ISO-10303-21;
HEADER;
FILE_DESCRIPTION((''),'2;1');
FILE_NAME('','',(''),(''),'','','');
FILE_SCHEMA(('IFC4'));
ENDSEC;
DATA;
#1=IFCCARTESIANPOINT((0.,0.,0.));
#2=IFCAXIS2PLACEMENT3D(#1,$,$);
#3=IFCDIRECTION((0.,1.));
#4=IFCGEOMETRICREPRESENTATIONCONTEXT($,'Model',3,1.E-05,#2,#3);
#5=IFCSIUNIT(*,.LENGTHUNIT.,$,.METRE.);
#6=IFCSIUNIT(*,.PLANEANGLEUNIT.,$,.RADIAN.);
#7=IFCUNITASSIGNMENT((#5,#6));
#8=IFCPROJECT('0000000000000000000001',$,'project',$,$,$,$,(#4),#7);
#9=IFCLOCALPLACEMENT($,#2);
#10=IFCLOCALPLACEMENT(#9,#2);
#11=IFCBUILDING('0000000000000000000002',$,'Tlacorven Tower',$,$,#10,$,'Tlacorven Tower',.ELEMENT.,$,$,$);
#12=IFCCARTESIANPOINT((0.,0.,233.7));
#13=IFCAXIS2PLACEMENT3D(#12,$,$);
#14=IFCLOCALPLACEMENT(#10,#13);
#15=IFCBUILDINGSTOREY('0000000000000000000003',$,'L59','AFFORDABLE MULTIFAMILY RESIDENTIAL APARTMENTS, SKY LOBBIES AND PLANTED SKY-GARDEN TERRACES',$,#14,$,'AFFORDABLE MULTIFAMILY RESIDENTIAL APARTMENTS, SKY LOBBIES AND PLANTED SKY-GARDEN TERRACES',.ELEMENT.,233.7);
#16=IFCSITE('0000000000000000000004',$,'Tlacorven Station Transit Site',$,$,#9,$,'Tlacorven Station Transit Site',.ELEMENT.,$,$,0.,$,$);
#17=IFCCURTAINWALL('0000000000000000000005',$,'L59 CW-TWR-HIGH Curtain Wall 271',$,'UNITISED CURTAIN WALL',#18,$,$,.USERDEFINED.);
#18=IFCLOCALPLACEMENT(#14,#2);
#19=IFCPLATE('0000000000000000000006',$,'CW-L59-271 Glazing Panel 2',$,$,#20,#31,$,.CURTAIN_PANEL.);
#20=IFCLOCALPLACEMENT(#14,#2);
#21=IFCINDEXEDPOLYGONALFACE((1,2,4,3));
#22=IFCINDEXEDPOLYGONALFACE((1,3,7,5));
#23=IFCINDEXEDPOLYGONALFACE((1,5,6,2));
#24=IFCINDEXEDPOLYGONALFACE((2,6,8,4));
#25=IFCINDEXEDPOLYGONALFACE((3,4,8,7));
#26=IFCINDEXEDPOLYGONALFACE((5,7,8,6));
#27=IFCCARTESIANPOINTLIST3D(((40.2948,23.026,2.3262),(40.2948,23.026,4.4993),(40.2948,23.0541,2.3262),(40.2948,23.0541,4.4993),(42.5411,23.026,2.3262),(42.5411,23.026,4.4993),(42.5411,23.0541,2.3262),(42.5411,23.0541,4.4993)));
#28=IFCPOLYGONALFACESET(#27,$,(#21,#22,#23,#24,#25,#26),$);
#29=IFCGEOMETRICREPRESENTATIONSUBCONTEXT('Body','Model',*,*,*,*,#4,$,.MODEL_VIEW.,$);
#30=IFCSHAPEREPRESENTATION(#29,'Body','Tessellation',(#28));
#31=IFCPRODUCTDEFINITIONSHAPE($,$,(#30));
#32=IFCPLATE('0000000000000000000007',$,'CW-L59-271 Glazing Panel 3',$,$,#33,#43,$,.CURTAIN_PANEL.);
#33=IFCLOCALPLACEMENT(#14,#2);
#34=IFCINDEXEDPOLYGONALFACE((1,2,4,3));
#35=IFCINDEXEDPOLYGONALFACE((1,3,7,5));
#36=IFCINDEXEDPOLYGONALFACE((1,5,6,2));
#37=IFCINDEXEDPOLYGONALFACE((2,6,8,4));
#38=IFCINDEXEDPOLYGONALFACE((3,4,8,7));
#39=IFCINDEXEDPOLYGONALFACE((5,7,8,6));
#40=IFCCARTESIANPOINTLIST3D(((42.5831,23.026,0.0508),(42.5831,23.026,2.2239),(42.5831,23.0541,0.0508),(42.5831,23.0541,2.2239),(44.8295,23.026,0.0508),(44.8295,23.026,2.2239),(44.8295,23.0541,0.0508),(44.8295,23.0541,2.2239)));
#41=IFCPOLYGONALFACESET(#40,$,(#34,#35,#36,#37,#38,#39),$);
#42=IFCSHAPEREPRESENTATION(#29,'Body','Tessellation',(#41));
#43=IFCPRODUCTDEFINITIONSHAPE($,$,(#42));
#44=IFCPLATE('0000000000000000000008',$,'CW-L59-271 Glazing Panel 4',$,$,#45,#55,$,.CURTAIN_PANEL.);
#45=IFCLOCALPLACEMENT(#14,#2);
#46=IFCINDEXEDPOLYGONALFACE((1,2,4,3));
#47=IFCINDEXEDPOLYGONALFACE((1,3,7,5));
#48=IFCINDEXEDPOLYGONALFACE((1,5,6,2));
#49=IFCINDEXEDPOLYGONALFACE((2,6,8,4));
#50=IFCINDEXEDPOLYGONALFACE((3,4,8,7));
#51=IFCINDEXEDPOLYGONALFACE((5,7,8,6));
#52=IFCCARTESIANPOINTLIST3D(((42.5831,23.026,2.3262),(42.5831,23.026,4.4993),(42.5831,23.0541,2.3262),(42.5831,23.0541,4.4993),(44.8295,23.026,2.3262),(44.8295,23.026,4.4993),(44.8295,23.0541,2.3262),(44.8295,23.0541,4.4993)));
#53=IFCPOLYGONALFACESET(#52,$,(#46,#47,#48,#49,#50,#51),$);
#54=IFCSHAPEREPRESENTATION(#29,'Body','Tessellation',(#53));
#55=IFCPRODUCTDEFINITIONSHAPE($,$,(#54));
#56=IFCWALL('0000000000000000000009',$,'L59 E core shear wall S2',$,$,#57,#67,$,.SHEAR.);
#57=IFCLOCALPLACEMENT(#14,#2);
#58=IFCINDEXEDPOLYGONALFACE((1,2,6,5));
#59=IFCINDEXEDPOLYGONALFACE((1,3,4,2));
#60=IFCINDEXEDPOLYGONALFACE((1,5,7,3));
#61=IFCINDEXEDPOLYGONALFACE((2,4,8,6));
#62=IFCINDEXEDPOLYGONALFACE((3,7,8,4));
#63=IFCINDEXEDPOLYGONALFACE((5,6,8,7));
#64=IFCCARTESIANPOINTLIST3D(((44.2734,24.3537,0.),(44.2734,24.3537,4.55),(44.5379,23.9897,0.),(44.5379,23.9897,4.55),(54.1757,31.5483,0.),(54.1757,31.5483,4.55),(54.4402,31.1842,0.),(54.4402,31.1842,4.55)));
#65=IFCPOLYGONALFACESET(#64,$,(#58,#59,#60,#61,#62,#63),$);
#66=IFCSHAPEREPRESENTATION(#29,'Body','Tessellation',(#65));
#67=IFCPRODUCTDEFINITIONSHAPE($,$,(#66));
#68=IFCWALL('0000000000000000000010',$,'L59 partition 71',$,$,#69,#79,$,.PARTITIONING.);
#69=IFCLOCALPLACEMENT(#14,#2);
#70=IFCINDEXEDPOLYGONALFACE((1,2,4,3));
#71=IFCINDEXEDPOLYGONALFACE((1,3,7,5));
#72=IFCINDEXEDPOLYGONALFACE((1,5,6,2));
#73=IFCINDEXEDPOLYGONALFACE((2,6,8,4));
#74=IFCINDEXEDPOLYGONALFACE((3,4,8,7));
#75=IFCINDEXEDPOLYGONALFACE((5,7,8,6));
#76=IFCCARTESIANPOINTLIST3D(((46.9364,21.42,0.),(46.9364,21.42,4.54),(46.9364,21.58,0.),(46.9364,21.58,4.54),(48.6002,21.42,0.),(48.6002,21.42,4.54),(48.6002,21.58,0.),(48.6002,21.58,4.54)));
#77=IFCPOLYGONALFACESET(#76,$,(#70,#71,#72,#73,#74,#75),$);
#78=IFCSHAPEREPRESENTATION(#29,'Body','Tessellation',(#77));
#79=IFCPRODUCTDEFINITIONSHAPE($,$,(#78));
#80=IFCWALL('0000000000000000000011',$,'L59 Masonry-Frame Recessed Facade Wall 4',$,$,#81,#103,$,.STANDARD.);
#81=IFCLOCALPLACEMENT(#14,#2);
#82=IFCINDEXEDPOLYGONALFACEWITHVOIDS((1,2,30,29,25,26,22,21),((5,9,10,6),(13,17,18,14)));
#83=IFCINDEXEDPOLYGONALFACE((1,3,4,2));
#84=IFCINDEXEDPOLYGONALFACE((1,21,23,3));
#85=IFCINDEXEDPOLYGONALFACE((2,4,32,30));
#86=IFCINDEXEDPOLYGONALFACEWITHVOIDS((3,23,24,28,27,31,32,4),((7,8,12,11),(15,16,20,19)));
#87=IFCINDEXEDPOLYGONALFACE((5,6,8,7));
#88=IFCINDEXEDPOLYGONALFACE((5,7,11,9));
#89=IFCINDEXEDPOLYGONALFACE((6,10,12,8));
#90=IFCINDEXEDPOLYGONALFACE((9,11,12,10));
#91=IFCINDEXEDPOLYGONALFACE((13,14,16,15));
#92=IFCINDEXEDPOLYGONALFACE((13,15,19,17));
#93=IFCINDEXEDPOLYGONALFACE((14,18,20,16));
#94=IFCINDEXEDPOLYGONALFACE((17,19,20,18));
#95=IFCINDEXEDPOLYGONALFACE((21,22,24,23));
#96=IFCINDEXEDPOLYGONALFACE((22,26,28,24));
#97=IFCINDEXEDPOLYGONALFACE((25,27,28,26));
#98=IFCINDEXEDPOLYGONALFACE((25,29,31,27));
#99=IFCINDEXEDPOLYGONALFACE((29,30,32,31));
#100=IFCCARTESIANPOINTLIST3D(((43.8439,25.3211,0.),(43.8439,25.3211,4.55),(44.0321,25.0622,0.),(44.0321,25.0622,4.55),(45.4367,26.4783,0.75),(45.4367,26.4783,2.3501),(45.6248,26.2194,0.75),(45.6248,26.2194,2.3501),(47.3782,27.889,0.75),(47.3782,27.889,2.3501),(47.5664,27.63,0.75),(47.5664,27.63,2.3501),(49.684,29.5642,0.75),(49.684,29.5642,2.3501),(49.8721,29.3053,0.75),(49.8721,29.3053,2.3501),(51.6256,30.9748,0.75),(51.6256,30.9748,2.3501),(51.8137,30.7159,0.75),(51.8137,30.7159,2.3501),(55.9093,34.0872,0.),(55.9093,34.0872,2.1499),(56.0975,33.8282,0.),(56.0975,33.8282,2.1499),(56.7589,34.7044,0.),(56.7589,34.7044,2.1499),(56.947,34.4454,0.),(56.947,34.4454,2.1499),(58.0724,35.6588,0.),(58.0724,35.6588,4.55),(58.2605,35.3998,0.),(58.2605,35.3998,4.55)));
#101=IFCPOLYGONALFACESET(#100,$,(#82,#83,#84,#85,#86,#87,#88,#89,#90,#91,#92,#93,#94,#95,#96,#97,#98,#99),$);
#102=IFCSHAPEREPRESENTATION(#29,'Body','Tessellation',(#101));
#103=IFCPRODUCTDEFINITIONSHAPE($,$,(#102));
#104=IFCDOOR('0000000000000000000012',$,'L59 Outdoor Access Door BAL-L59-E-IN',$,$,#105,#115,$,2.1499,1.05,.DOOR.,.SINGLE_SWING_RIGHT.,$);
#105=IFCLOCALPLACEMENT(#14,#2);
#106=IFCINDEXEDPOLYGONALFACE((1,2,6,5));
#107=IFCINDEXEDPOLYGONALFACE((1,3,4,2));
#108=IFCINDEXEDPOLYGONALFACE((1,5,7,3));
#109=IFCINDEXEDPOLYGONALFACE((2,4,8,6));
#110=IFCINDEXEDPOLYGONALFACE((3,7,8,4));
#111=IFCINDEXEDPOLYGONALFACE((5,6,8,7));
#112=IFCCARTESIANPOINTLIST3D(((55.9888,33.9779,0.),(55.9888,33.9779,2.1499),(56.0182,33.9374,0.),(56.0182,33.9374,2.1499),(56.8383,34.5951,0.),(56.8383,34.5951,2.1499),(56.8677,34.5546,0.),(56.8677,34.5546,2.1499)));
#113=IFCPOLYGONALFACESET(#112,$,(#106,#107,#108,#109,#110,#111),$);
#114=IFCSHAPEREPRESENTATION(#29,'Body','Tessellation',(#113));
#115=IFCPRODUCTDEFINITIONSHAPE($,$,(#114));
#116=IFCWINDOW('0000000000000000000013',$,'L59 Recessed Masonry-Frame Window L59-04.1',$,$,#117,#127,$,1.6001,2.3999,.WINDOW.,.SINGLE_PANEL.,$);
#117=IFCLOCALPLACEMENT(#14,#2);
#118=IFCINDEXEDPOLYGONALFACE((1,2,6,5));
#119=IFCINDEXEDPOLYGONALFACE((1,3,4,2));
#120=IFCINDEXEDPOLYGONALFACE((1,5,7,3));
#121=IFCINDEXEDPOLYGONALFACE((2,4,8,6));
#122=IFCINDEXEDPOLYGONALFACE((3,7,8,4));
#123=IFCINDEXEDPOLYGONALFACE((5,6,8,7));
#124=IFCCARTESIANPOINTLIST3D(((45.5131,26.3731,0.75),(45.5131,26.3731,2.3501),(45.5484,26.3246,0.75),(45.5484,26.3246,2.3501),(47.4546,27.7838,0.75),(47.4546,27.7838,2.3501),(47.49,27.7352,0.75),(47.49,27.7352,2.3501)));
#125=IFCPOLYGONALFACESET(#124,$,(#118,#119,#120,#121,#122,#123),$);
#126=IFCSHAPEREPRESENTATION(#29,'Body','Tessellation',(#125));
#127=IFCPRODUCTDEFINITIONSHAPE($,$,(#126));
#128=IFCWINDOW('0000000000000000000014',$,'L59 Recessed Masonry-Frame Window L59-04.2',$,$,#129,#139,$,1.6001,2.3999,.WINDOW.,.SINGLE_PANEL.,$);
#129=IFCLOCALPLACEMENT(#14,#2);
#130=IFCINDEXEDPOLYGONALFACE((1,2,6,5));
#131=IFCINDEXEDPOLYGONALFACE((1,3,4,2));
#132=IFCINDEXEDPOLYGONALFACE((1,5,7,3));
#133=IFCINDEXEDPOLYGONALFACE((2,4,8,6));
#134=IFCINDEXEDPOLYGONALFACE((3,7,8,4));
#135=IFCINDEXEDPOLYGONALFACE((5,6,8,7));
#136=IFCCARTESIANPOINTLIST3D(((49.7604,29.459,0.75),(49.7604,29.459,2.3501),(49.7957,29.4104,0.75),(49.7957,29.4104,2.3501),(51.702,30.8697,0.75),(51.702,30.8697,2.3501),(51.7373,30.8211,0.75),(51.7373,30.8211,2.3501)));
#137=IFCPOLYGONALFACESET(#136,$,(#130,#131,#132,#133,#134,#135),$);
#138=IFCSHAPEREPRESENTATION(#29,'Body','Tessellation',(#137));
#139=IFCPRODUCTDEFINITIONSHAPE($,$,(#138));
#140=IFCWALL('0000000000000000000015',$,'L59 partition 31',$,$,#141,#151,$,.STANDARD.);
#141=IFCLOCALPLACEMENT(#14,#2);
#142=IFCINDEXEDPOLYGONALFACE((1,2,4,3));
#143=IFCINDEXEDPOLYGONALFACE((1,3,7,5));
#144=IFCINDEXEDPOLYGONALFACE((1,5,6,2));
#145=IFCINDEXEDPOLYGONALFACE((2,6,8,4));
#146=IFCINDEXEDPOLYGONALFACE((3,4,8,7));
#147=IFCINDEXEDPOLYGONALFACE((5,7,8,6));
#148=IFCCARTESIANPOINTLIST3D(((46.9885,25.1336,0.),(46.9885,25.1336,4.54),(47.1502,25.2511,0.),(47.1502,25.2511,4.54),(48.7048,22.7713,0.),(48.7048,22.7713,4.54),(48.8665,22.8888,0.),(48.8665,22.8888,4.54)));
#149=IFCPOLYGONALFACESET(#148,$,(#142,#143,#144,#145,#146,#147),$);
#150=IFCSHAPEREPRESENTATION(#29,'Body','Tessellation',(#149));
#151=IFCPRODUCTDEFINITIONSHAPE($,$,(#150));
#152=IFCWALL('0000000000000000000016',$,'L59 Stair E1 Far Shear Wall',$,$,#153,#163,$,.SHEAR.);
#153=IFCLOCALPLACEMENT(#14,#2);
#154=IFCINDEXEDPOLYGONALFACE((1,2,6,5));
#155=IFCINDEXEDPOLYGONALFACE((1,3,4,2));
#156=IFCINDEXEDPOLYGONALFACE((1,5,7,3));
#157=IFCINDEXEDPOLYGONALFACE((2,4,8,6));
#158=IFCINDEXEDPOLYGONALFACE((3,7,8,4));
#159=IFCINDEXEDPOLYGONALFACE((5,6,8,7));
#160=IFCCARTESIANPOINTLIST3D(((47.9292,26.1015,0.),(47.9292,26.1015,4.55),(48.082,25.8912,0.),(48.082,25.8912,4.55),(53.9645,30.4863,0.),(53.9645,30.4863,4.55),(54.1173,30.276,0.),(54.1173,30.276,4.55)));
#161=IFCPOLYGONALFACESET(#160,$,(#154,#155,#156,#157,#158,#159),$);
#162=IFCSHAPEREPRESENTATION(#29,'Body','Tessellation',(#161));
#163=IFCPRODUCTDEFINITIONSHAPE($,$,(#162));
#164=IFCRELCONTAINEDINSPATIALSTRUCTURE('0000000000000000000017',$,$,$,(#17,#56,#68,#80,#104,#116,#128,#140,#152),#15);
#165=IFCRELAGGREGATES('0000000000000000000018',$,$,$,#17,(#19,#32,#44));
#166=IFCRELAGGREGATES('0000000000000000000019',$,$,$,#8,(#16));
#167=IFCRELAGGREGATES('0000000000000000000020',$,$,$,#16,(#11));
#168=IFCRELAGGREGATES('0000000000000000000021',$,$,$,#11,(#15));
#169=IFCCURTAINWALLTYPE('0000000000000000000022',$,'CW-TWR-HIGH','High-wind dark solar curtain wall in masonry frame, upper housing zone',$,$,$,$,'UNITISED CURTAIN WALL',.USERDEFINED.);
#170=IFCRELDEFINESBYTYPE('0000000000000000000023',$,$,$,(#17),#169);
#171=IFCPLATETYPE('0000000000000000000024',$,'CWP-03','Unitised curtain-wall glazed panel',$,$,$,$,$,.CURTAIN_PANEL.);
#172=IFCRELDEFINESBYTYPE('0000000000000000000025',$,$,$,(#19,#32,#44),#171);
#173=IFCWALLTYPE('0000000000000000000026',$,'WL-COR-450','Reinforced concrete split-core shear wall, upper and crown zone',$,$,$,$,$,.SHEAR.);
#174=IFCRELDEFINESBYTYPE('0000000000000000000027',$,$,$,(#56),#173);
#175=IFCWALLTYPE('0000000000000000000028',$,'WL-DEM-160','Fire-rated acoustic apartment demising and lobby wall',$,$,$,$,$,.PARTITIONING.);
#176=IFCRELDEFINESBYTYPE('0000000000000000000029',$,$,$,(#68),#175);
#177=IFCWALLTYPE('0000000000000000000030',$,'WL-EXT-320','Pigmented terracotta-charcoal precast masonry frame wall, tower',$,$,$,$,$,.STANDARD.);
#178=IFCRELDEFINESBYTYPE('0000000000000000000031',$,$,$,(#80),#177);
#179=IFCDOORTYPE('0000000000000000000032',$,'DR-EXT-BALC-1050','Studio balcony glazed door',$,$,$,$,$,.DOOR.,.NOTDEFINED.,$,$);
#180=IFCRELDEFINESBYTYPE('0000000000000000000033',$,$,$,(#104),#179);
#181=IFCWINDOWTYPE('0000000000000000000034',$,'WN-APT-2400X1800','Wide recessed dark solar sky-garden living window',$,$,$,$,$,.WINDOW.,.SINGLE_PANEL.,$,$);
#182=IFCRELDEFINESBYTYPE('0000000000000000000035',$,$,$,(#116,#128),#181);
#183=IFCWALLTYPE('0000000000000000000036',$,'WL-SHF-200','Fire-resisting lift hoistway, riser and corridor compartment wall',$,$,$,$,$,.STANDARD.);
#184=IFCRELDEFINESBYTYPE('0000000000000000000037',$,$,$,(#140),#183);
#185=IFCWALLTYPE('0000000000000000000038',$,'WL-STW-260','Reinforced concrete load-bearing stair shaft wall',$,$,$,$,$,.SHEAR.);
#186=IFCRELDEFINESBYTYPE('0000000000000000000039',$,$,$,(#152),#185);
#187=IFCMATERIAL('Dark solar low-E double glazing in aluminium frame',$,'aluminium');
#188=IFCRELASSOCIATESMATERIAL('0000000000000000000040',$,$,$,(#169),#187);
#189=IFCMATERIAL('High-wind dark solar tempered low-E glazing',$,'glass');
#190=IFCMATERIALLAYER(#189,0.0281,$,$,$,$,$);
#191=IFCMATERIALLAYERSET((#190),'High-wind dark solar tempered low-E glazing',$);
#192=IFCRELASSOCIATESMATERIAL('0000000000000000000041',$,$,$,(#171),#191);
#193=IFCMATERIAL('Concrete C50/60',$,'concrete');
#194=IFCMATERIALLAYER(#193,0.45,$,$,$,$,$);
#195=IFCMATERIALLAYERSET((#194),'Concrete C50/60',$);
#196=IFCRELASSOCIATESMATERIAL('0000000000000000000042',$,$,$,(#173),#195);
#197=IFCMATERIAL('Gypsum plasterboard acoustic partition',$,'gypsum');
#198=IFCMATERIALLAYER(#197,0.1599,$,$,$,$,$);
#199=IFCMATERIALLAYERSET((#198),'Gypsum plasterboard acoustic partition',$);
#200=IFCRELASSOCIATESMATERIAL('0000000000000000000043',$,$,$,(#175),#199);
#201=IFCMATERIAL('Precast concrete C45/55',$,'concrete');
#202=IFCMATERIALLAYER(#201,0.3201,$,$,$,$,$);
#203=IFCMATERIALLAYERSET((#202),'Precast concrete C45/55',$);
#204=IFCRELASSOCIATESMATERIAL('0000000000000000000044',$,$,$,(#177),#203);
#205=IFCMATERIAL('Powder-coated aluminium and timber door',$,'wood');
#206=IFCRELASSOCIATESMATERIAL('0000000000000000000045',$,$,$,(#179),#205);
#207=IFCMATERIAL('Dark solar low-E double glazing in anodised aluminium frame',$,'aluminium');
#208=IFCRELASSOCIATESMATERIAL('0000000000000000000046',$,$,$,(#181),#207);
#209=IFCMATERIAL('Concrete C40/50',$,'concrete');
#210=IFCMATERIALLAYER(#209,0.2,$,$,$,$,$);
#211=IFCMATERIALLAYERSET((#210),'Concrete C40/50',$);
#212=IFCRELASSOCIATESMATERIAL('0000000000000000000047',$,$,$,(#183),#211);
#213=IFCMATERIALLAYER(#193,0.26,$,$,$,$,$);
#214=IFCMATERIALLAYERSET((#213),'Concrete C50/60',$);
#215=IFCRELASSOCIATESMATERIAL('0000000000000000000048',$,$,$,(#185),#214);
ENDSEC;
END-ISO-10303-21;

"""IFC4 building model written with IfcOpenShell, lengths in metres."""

from ifc_helpers import new_model, si_unit, direction, frame, frame_2d, origin, origin_2d, place, context, subcontext, project, spatial, rectangle, extrude, source, transform, mapped, material, layer, layer_set, type_object, element, fill, aggregate, save


model = new_model("IFC4")

# Units and contexts
model_context = context("Model", 3, precision=1e-05, world=origin(), true_north=direction((0.0, 1.0)))
body_context = subcontext(model_context, "Body", "Model", "MODEL_VIEW")
ifc_project = project(units=[si_unit("LENGTHUNIT", "METRE"), si_unit("PLANEANGLEUNIT", "RADIAN")], contexts=[model_context])

# Site, building, storey
site_placement = place(None, origin())
site = spatial("IfcSite", under=ifc_project, at=site_placement, Name="Tlacorven Station Transit Site", LongName="Tlacorven Station Transit Site", CompositionType="ELEMENT", RefElevation=0.0)
building_placement = place(site_placement, origin())
building = spatial("IfcBuilding", under=site, at=building_placement, Name="Tlacorven Tower", LongName="Tlacorven Tower", CompositionType="ELEMENT")
storey_placement = place(building_placement, frame((0.0, 0.0, 233.7)))
storey = spatial("IfcBuildingStorey", under=building, at=storey_placement, Name="L59", Description="AFFORDABLE MULTIFAMILY RESIDENTIAL APARTMENTS, SKY LOBBIES AND PLANTED SKY-GARDEN TERRACES", LongName="AFFORDABLE MULTIFAMILY RESIDENTIAL APARTMENTS, SKY LOBBIES AND PLANTED SKY-GARDEN TERRACES", CompositionType="ELEMENT", Elevation=233.7)

# Curtain wall, plates
ifc_material_1 = material(Name="Dark solar low-E double glazing in aluminium frame", Category="aluminium")
curtain_wall_type = type_object("IfcCurtainWallType", Name="CW-TWR-HIGH", Description="High-wind dark solar curtain wall in masonry frame, upper housing zone", ElementType="UNITISED CURTAIN WALL", PredefinedType="USERDEFINED", material=ifc_material_1)
curtain_wall_placement = place(storey_placement, origin())
curtain_wall = element("IfcCurtainWall", 1, at=curtain_wall_placement, inside=storey, type_object=curtain_wall_type, Name="L59 CW-TWR-HIGH Curtain Wall 271", ObjectType="UNITISED CURTAIN WALL", PredefinedType="USERDEFINED")
ifc_material_2 = material(Name="High-wind dark solar tempered low-E glazing", Category="glass")
ifc_layer_1 = layer(ifc_material_2, 0.0281)
ifc_layer_set_1 = layer_set([ifc_layer_1], Name="High-wind dark solar tempered low-E glazing")
plate_type = type_object("IfcPlateType", Name="CWP-03", Description="Unitised curtain-wall glazed panel", PredefinedType="CURTAIN_PANEL", material=ifc_layer_set_1)
shared_shape_1 = source(origin(), body_context, "Body", "SweptSolid", [
    extrude(rectangle(XDim=2.2463, YDim=0.0281, at=origin_2d()), origin(), (0.0, 0.0, 1.0), 2.1731),
])
plate_1_placement = place(storey_placement, frame((41.418, 23.04, 2.3262), z_axis=(0.0, 0.0, 1.0), x_axis=(1.0, 0.0, 0.0)))
plate_1 = element("IfcPlate", 2, at=plate_1_placement, type_object=plate_type, Name="CW-L59-271 Glazing Panel 2", PredefinedType="CURTAIN_PANEL", context=body_context, shape_type="MappedRepresentation", body=[
    mapped(shared_shape_1, transform((0.0, 0.0, 0.0), scale=1.0)),
])
plate_2_placement = place(storey_placement, frame((43.7063, 23.04, 0.0508), z_axis=(0.0, 0.0, 1.0), x_axis=(1.0, 0.0, 0.0)))
plate_2 = element("IfcPlate", 3, at=plate_2_placement, type_object=plate_type, Name="CW-L59-271 Glazing Panel 3", PredefinedType="CURTAIN_PANEL", context=body_context, shape_type="MappedRepresentation", body=[
    mapped(shared_shape_1, transform((0.0, 0.0, 0.0), scale=1.0)),
])
plate_3_placement = place(storey_placement, frame((43.7063, 23.04, 2.3262), z_axis=(0.0, 0.0, 1.0), x_axis=(1.0, 0.0, 0.0)))
plate_3 = element("IfcPlate", 4, at=plate_3_placement, type_object=plate_type, Name="CW-L59-271 Glazing Panel 4", PredefinedType="CURTAIN_PANEL", context=body_context, shape_type="MappedRepresentation", body=[
    mapped(shared_shape_1, transform((0.0, 0.0, 0.0), scale=1.0)),
])
aggregate(curtain_wall, [plate_1, plate_2, plate_3])

# Walls
ifc_material_3 = material(Name="Concrete C50/60", Category="concrete")
ifc_layer_2 = layer(ifc_material_3, 0.45)
ifc_layer_set_2 = layer_set([ifc_layer_2], Name="Concrete C50/60")
wall_type_1 = type_object("IfcWallType", Name="WL-COR-450", Description="Reinforced concrete split-core shear wall, upper and crown zone", PredefinedType="SHEAR", material=ifc_layer_set_2)
wall_1_placement = place(storey_placement, frame((44.4055, 24.1716, 0.0), z_axis=(0.0, 0.0, 1.0), x_axis=(0.809013, 0.587791, 0.0)))
element("IfcWall", 5, at=wall_1_placement, inside=storey, type_object=wall_type_1, Name="L59 E core shear wall S2", PredefinedType="SHEAR", context=body_context, shape_type="SweptSolid", body=[
    extrude(rectangle(XDim=12.24, YDim=0.45, at=frame_2d((6.1201, 0.0))), origin(), (0.0, 0.0, 1.0), 4.55),
])
ifc_material_4 = material(Name="Gypsum plasterboard acoustic partition", Category="gypsum")
ifc_layer_3 = layer(ifc_material_4, 0.1599)
ifc_layer_set_3 = layer_set([ifc_layer_3], Name="Gypsum plasterboard acoustic partition")
wall_type_2 = type_object("IfcWallType", Name="WL-DEM-160", Description="Fire-rated acoustic apartment demising and lobby wall", PredefinedType="PARTITIONING", material=ifc_layer_set_3)
wall_2_placement = place(storey_placement, frame((46.9363, 21.5, 0.0), z_axis=(0.0, 0.0, 1.0), x_axis=(1.0, 0.0, 0.0)))
element("IfcWall", 6, at=wall_2_placement, inside=storey, type_object=wall_type_2, Name="L59 partition 71", PredefinedType="PARTITIONING", context=body_context, shape_type="SweptSolid", body=[
    extrude(rectangle(XDim=1.6638, YDim=0.1599, at=frame_2d((0.832, 0.0))), origin(), (0.0, 0.0, 1.0), 4.54),
])

# Wall, openings, door, windows
ifc_material_5 = material(Name="Precast concrete C45/55", Category="concrete")
ifc_layer_4 = layer(ifc_material_5, 0.3201)
ifc_layer_set_4 = layer_set([ifc_layer_4], Name="Precast concrete C45/55")
wall_type_3 = type_object("IfcWallType", Name="WL-EXT-320", Description="Pigmented terracotta-charcoal precast masonry frame wall, tower", PredefinedType="STANDARD", material=ifc_layer_set_4)
wall_3_placement = place(storey_placement, frame((43.938, 25.1917, 0.0), z_axis=(0.0, 0.0, 1.0), x_axis=(0.809016, 0.587786, 0.0)))
wall_3 = element("IfcWall", 7, at=wall_3_placement, inside=storey, type_object=wall_type_3, Name="L59 Masonry-Frame Recessed Facade Wall 4", PredefinedType="STANDARD", context=body_context, shape_type="SweptSolid", body=[
    extrude(rectangle(XDim=17.5874, YDim=0.3201, at=frame_2d((8.7937, 0.0))), origin(), (0.0, 0.0, 1.0), 4.55),
])
opening_1_placement = place(wall_3_placement, frame((14.9138, 0.0, 0.0)))
opening_1 = element("IfcOpeningElement", 8, at=opening_1_placement, cuts=wall_3, PredefinedType="OPENING", context=body_context, shape_type="SweptSolid", body=[
    extrude(rectangle(XDim=1.05, YDim=2.1499, at=frame_2d((0.5249, 1.075))), frame((0.0, 0.1699, 0.0), z_axis=(0.0, -1.0, 0.0), x_axis=(1.0, 0.0, 0.0)), (0.0, 0.0, 1.0), 0.3401),
])
opening_2_placement = place(wall_3_placement, frame((1.9688, 0.0, 0.75)))
opening_2 = element("IfcOpeningElement", 9, at=opening_2_placement, cuts=wall_3, PredefinedType="OPENING", context=body_context, shape_type="SweptSolid", body=[
    extrude(rectangle(XDim=2.3999, YDim=1.6001, at=frame_2d((1.2, 0.8))), frame((0.0, 0.1699, 0.0), z_axis=(0.0, -1.0, 0.0), x_axis=(1.0, 0.0, 0.0)), (0.0, 0.0, 1.0), 0.3401),
])
opening_3_placement = place(wall_3_placement, frame((7.2188, 0.0, 0.75)))
opening_3 = element("IfcOpeningElement", 10, at=opening_3_placement, cuts=wall_3, PredefinedType="OPENING", context=body_context, shape_type="SweptSolid", body=[
    extrude(rectangle(XDim=2.3999, YDim=1.6001, at=frame_2d((1.2, 0.8))), frame((0.0, 0.1699, 0.0), z_axis=(0.0, -1.0, 0.0), x_axis=(1.0, 0.0, 0.0)), (0.0, 0.0, 1.0), 0.3401),
])
ifc_material_6 = material(Name="Powder-coated aluminium and timber door", Category="wood")
door_type_1 = type_object("IfcDoorType", Name="DR-EXT-BALC-1050", Description="Studio balcony glazed door", OperationType="NOTDEFINED", PredefinedType="DOOR", material=ifc_material_6)
shared_shape_2 = source(origin(), body_context, "Body", "SweptSolid", [
    extrude(rectangle(XDim=1.05, YDim=2.1499, at=frame_2d((0.5249, 1.075))), frame((0.0, 0.0249, 0.0), z_axis=(0.0, -1.0, 0.0), x_axis=(1.0, 0.0, 0.0)), (0.0, 0.0, 1.0), 0.05),
])
door_1_placement = place(opening_1_placement, origin())
door_1 = element("IfcDoor", 11, at=door_1_placement, inside=storey, type_object=door_type_1, Name="L59 Outdoor Access Door BAL-L59-E-IN", OperationType="SINGLE_SWING_RIGHT", OverallHeight=2.1499, OverallWidth=1.05, PredefinedType="DOOR", context=body_context, shape_type="MappedRepresentation", body=[
    mapped(shared_shape_2, transform((0.0, 0.0, 0.0), scale=1.0)),
])
fill(opening_1, door_1)
ifc_material_7 = material(Name="Dark solar low-E double glazing in anodised aluminium frame", Category="aluminium")
window_type = type_object("IfcWindowType", Name="WN-APT-2400X1800", Description="Wide recessed dark solar sky-garden living window", PartitioningType="SINGLE_PANEL", PredefinedType="WINDOW", material=ifc_material_7)
shared_shape_3 = source(origin(), body_context, "Body", "SweptSolid", [
    extrude(rectangle(XDim=2.3999, YDim=1.6001, at=frame_2d((1.2, 0.8))), frame((0.0, 0.03, 0.0), z_axis=(0.0, -1.0, 0.0), x_axis=(1.0, 0.0, 0.0)), (0.0, 0.0, 1.0), 0.0601),
])
window_1_placement = place(opening_2_placement, origin())
window_1 = element("IfcWindow", 12, at=window_1_placement, inside=storey, type_object=window_type, Name="L59 Recessed Masonry-Frame Window L59-04.1", OverallHeight=1.6001, OverallWidth=2.3999, PartitioningType="SINGLE_PANEL", PredefinedType="WINDOW", context=body_context, shape_type="MappedRepresentation", body=[
    mapped(shared_shape_3, transform((0.0, 0.0, 0.0), scale=1.0)),
])
fill(opening_2, window_1)
window_2_placement = place(opening_3_placement, origin())
window_2 = element("IfcWindow", 13, at=window_2_placement, inside=storey, type_object=window_type, Name="L59 Recessed Masonry-Frame Window L59-04.2", OverallHeight=1.6001, OverallWidth=2.3999, PartitioningType="SINGLE_PANEL", PredefinedType="WINDOW", context=body_context, shape_type="MappedRepresentation", body=[
    mapped(shared_shape_3, transform((0.0, 0.0, 0.0), scale=1.0)),
])
fill(opening_3, window_2)

# Walls
ifc_material_8 = material(Name="Concrete C40/50", Category="concrete")
ifc_layer_5 = layer(ifc_material_8, 0.2)
ifc_layer_set_5 = layer_set([ifc_layer_5], Name="Concrete C40/50")
wall_type_4 = type_object("IfcWallType", Name="WL-SHF-200", Description="Fire-resisting lift hoistway, riser and corridor compartment wall", PredefinedType="STANDARD", material=ifc_layer_set_5)
wall_4_placement = place(storey_placement, frame((48.7856, 22.8301, 0.0), z_axis=(0.0, 0.0, 1.0), x_axis=(-0.587784, 0.809018, 0.0)))
element("IfcWall", 14, at=wall_4_placement, inside=storey, type_object=wall_type_4, Name="L59 partition 31", PredefinedType="STANDARD", context=body_context, shape_type="SweptSolid", body=[
    extrude(rectangle(XDim=2.9199, YDim=0.2, at=frame_2d((1.46, 0.0))), origin(), (0.0, 0.0, 1.0), 4.54),
])
ifc_layer_6 = layer(ifc_material_3, 0.26)
ifc_layer_set_6 = layer_set([ifc_layer_6], Name="Concrete C50/60")
wall_type_5 = type_object("IfcWallType", Name="WL-STW-260", Description="Reinforced concrete load-bearing stair shaft wall", PredefinedType="SHEAR", material=ifc_layer_set_6)
wall_5_placement = place(storey_placement, frame((48.0056, 25.9963, 0.0), z_axis=(0.0, 0.0, 1.0), x_axis=(0.809019, 0.587782, 0.0)))
element("IfcWall", 15, at=wall_5_placement, inside=storey, type_object=wall_type_5, Name="L59 Stair E1 Far Shear Wall", PredefinedType="SHEAR", context=body_context, shape_type="SweptSolid", body=[
    extrude(rectangle(XDim=7.46, YDim=0.26, at=frame_2d((3.73, 0.0))), origin(), (0.0, 0.0, 1.0), 4.55),
])

save(model, "model.ifc")
